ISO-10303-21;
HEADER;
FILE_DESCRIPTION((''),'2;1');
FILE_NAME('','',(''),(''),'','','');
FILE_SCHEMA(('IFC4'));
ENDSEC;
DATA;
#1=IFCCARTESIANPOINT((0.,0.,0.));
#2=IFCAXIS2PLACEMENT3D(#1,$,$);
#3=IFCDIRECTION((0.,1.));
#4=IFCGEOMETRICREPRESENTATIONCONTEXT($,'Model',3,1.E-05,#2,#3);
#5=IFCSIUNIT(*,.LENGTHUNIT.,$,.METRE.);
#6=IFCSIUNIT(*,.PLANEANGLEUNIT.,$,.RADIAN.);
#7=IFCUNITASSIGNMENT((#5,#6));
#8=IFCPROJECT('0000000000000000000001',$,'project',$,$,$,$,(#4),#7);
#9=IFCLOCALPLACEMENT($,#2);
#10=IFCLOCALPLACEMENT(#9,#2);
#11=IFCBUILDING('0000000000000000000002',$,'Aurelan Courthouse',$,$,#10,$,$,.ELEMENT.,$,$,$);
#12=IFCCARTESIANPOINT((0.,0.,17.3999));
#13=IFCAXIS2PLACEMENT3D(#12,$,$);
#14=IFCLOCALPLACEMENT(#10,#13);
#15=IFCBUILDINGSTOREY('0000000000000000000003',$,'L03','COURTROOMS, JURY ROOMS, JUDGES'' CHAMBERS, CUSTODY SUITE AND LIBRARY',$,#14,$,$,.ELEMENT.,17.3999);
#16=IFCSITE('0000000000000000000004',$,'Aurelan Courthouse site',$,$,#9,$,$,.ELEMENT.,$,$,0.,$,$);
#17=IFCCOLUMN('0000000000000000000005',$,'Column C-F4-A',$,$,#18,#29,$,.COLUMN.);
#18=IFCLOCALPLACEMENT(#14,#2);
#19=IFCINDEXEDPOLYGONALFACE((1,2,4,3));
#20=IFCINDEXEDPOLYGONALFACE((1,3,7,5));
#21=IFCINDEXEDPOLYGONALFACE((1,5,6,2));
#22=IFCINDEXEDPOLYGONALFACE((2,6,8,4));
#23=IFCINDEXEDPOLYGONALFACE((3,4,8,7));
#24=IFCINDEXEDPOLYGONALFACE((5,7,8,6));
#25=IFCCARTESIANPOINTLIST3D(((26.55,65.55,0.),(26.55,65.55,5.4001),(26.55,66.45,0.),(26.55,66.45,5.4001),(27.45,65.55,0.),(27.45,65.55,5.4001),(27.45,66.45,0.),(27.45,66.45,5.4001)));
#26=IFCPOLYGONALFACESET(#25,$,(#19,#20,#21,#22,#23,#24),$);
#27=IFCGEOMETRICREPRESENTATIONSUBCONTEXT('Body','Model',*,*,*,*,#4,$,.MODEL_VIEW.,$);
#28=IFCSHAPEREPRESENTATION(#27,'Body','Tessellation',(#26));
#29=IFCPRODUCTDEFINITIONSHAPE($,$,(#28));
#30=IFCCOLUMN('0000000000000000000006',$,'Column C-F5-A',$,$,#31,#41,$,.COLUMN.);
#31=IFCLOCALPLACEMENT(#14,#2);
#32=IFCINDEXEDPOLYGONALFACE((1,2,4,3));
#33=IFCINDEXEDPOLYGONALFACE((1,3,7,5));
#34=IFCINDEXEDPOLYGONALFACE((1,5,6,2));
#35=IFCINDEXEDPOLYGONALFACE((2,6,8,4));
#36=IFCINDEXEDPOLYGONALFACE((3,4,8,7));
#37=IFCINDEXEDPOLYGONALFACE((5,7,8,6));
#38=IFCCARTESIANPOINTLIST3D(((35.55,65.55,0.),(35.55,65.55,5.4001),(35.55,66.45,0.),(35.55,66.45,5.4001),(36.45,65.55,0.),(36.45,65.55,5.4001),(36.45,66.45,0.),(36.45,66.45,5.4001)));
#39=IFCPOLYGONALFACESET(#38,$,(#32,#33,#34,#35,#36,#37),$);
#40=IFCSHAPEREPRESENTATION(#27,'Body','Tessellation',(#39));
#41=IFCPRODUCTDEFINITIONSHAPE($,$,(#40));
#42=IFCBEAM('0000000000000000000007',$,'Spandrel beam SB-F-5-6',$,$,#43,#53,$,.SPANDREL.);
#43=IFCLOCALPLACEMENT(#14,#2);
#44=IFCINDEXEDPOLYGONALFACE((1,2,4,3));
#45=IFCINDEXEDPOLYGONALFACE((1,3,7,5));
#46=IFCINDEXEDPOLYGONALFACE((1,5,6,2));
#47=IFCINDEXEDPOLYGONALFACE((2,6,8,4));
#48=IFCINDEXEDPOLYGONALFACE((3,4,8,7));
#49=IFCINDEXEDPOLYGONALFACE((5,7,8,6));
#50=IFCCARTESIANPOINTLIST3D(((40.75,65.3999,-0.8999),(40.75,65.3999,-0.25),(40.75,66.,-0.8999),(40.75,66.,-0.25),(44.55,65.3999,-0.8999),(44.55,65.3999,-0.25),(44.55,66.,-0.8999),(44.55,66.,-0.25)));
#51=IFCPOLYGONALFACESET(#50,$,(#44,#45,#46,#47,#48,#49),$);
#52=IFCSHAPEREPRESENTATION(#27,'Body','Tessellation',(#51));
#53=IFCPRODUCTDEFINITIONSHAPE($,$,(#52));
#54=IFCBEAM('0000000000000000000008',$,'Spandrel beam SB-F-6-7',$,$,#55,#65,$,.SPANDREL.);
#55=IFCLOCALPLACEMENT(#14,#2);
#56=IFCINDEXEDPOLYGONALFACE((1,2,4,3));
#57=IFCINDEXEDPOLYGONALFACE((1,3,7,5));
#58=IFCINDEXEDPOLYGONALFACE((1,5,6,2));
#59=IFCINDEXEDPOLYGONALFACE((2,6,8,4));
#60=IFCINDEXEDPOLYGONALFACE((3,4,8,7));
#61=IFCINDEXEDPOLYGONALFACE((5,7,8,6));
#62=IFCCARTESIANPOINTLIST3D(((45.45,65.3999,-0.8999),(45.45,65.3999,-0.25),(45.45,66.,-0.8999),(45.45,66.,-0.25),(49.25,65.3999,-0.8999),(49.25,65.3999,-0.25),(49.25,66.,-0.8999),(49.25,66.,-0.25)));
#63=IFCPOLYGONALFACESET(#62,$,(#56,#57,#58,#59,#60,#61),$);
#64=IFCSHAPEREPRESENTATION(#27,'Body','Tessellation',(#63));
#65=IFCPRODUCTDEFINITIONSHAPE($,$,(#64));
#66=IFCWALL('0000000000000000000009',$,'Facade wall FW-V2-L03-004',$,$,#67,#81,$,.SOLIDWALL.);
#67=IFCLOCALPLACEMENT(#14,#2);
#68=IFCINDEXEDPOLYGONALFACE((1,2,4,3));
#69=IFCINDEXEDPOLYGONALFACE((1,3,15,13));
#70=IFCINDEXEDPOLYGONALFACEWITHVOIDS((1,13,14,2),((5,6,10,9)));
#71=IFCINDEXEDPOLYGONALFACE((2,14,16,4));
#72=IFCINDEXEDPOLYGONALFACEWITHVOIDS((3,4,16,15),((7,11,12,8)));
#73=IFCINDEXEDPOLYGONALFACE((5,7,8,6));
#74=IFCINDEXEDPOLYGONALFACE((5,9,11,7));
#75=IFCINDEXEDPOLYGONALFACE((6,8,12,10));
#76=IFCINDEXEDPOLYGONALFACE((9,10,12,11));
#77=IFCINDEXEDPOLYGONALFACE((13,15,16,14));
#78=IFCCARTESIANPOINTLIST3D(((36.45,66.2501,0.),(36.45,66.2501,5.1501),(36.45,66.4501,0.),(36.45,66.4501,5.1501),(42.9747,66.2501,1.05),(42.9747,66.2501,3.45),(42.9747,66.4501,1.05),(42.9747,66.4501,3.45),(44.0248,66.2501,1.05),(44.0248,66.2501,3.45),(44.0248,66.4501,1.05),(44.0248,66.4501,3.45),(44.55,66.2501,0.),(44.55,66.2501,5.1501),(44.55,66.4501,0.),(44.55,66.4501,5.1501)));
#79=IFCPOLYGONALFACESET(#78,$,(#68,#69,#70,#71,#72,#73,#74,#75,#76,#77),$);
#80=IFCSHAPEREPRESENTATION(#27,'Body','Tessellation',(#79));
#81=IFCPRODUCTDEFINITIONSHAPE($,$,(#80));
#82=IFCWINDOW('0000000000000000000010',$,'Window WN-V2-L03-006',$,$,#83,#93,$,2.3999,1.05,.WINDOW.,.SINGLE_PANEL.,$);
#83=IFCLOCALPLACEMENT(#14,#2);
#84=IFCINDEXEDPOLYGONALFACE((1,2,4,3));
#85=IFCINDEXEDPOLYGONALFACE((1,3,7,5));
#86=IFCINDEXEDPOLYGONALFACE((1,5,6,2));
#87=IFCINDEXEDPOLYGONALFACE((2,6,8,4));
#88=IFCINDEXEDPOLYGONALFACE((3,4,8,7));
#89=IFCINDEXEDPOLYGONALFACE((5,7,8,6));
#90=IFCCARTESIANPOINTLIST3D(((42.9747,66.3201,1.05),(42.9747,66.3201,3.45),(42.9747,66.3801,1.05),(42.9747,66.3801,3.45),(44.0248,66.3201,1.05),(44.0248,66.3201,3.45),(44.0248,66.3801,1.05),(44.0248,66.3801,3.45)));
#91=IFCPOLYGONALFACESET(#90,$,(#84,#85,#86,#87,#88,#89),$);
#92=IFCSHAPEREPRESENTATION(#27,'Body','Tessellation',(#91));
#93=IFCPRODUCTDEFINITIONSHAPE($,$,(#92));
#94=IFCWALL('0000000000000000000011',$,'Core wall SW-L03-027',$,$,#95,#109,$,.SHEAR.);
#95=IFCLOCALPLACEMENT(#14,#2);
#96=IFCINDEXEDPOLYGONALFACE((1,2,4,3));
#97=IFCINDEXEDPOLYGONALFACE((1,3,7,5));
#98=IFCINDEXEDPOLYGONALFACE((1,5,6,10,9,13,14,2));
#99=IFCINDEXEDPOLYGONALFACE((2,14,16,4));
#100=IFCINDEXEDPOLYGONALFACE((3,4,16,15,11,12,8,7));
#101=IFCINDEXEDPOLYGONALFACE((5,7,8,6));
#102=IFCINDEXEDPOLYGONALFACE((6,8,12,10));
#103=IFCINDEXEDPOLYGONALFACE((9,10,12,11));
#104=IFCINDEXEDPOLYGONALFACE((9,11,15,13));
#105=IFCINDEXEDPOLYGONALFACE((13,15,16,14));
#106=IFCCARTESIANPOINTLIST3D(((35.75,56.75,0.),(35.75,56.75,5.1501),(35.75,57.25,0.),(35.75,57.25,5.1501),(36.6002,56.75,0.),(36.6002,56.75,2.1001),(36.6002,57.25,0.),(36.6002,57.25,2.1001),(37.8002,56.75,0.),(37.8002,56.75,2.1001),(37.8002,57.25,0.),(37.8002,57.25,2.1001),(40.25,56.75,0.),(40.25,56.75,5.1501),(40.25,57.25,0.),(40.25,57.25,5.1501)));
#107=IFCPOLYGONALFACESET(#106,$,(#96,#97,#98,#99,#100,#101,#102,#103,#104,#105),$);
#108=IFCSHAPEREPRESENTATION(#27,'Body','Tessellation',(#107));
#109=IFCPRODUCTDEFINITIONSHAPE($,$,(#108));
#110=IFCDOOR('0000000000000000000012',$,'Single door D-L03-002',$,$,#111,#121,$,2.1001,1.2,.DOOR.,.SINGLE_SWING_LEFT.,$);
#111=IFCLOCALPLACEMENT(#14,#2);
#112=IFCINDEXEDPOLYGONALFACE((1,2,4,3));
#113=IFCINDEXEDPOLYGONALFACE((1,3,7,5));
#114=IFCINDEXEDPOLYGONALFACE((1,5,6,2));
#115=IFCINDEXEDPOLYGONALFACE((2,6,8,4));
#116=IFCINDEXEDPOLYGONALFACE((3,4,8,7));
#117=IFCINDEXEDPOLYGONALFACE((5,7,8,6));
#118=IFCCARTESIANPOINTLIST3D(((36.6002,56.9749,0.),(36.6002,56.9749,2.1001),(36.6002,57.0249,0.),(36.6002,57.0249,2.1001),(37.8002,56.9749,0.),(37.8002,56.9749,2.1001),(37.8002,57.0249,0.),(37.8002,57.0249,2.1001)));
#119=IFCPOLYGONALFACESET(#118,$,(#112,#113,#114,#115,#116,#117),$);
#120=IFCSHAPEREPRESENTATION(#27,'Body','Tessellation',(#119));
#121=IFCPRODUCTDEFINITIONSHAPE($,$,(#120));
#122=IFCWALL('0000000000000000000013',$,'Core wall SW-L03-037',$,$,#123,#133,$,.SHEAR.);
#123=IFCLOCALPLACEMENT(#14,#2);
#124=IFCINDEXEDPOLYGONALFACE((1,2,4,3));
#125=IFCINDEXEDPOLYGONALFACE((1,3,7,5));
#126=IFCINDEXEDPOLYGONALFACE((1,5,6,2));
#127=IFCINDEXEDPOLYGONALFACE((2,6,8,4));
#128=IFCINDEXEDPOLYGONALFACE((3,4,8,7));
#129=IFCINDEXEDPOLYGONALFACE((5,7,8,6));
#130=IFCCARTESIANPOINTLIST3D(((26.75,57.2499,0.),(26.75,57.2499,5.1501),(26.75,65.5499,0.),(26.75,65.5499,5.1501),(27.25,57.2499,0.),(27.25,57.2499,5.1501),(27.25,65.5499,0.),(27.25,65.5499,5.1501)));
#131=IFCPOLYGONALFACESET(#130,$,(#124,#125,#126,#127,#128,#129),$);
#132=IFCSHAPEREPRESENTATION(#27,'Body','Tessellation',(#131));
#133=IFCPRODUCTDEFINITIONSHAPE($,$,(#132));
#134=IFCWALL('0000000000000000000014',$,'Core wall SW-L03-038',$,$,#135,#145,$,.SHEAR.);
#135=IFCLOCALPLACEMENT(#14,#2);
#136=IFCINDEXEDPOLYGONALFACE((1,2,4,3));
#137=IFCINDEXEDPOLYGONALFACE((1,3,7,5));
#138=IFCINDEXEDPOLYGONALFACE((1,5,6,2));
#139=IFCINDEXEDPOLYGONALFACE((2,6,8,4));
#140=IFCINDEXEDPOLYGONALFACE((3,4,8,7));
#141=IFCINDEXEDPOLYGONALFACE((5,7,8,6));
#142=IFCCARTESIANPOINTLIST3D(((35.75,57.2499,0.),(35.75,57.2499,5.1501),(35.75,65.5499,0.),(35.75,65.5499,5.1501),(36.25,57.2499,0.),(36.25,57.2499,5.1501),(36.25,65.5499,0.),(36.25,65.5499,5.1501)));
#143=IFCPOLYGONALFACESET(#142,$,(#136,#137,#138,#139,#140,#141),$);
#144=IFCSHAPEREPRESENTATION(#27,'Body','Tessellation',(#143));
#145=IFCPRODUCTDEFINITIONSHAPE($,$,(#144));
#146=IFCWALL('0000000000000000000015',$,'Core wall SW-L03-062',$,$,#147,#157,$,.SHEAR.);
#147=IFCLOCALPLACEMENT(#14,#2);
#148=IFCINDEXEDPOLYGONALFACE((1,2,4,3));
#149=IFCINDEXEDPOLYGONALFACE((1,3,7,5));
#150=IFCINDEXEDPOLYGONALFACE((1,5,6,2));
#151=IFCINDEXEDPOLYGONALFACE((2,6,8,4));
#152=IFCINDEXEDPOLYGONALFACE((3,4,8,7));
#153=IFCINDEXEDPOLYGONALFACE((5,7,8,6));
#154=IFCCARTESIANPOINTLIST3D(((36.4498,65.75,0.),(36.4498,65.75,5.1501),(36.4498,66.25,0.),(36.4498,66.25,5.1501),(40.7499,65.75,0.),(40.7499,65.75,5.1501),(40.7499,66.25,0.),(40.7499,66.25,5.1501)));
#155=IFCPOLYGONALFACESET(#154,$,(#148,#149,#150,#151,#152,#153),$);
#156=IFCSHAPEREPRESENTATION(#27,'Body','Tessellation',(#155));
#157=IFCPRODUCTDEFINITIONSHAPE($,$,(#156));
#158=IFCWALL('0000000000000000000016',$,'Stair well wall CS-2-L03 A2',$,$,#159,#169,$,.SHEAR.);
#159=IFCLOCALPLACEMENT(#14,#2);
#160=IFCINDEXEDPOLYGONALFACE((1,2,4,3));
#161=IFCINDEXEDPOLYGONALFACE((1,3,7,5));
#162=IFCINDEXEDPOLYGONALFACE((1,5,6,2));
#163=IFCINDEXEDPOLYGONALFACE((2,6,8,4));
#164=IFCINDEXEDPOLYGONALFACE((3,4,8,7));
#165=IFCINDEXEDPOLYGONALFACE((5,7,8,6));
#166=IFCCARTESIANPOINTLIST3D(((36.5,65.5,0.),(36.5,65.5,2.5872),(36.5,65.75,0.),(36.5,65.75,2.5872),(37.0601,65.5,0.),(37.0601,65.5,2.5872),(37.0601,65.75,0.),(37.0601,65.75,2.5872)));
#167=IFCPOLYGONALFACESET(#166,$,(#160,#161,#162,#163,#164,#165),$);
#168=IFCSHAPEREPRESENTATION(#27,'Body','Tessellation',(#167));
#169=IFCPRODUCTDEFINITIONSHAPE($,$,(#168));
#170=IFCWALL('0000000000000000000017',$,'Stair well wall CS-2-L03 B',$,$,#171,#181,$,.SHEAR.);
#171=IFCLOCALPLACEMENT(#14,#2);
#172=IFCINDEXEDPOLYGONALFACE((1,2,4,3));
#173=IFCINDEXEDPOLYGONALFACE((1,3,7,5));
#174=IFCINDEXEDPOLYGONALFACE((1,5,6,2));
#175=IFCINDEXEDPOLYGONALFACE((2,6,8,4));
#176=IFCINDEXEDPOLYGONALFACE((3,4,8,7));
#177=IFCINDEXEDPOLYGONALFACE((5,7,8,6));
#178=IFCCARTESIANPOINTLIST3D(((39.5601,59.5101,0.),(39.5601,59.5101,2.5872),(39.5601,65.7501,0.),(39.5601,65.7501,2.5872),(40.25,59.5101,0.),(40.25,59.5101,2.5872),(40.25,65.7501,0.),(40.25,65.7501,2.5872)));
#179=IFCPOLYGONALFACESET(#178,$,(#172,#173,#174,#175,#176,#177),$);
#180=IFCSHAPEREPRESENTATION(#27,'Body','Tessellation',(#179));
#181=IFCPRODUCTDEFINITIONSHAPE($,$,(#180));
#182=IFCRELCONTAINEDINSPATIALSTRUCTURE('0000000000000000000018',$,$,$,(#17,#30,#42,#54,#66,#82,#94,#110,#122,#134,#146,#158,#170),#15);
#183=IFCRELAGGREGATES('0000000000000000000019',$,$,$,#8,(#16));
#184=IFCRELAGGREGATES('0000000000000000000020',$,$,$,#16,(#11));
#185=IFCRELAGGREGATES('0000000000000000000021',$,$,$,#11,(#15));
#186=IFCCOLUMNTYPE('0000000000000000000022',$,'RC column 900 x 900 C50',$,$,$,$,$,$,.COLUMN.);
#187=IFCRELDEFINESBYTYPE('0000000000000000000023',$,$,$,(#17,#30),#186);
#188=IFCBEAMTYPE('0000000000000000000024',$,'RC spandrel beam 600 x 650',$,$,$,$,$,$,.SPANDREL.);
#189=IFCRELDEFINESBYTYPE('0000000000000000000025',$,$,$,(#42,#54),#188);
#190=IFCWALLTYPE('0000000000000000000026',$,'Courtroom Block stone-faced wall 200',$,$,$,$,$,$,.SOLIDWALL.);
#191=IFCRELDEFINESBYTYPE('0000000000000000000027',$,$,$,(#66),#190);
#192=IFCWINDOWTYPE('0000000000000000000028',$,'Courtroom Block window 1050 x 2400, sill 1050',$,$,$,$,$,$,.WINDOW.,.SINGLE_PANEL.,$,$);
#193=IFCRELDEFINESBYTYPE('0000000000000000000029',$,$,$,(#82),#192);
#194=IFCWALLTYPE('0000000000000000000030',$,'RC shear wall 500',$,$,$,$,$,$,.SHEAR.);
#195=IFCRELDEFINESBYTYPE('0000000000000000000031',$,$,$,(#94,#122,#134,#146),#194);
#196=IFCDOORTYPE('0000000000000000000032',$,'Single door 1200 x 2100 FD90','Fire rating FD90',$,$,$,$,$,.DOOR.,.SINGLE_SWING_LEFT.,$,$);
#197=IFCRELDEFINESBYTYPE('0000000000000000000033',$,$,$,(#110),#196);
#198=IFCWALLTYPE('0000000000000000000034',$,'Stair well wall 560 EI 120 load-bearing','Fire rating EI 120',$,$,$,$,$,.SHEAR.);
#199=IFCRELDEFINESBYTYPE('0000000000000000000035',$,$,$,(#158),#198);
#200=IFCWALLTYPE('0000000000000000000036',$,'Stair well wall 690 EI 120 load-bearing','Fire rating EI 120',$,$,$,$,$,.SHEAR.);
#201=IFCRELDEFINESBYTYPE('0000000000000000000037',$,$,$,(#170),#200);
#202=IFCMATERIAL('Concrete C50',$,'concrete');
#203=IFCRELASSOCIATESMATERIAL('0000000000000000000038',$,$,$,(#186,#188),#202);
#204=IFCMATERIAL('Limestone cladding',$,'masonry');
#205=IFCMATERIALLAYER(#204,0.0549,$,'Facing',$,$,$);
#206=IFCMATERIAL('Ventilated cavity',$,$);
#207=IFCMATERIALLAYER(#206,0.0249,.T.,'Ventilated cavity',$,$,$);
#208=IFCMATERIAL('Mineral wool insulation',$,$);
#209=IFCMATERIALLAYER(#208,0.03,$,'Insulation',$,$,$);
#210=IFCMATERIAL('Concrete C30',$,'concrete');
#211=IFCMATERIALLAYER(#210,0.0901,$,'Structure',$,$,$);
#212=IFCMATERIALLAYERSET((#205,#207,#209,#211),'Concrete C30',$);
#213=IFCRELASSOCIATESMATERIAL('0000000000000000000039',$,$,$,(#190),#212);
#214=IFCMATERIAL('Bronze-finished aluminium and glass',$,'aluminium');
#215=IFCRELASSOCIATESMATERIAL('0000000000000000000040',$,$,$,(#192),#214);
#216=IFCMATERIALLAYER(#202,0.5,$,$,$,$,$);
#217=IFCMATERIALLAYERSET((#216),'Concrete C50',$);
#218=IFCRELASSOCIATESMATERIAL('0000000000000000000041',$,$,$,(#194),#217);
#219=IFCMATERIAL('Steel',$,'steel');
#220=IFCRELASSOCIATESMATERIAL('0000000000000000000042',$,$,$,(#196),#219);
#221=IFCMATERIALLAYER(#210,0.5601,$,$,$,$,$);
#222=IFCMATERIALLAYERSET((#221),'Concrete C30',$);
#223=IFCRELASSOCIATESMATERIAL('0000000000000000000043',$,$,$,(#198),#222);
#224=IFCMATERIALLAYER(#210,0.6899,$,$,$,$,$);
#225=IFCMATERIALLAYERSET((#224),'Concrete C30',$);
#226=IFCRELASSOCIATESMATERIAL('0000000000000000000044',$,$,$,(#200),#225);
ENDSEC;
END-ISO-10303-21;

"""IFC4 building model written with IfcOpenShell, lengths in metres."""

from ifc_helpers import new_model, si_unit, direction, frame, frame_2d, origin, origin_2d, place, context, subcontext, project, spatial, rectangle, extrude, material, layer, layer_set, material_profile, profile_set, type_object, element, fill, save


model = new_model("IFC4")

# Units and contexts
model_context = context("Model", 3, precision=1e-05, world=origin(), true_north=direction((0.0, 1.0)))
body_context = subcontext(model_context, "Body", "Model", "MODEL_VIEW")
ifc_project = project(units=[si_unit("LENGTHUNIT", "METRE"), si_unit("PLANEANGLEUNIT", "RADIAN")], contexts=[model_context])

# Site, building, storey
site_placement = place(None, origin())
site = spatial("IfcSite", under=ifc_project, at=site_placement, Name="Aurelan Courthouse site", CompositionType="ELEMENT", RefElevation=0.0)
building_placement = place(site_placement, origin())
building = spatial("IfcBuilding", under=site, at=building_placement, Name="Aurelan Courthouse", CompositionType="ELEMENT")
storey_placement = place(building_placement, frame((0.0, 0.0, 17.3999)))
storey = spatial("IfcBuildingStorey", under=building, at=storey_placement, Name="L03", Description="COURTROOMS, JURY ROOMS, JUDGES' CHAMBERS, CUSTODY SUITE AND LIBRARY", CompositionType="ELEMENT", Elevation=17.3999)

# Columns
ifc_material_1 = material(Name="Concrete C50", Category="concrete")
ifc_material_profile_1 = material_profile(ifc_material_1, rectangle(XDim=0.8999, YDim=0.8999, at=origin_2d()), Name="RC 900 x 900")
ifc_profile_set_1 = profile_set([ifc_material_profile_1], Name="Concrete C50")
column_type = type_object("IfcColumnType", Name="RC column 900 x 900 C50", PredefinedType="COLUMN", material=ifc_profile_set_1)
for number, where, z_axis, x_axis, name in (
    (1, (27.0, 66.0, 0.0), (0.0, 0.0, 1.0), (1.0, 0.0, 0.0), "Column C-F4-A"),
    (2, (36.0, 66.0, 0.0), (0.0, 0.0, 1.0), (1.0, 0.0, 0.0), "Column C-F5-A"),
):
    element("IfcColumn", number, at=place(storey_placement, frame(where, z_axis=z_axis, x_axis=x_axis)), inside=storey, type_object=column_type, Name=name, PredefinedType="COLUMN", context=body_context, shape_type="SweptSolid", body=[
        extrude(rectangle(XDim=0.8999, YDim=0.8999, at=origin_2d()), origin(), (0.0, 0.0, 1.0), 5.4001),
    ])

# Beams
ifc_material_profile_2 = material_profile(ifc_material_1, rectangle(XDim=0.6001, YDim=0.6499, at=origin_2d()), Name="RC 600 x 650")
ifc_profile_set_2 = profile_set([ifc_material_profile_2], Name="Concrete C50")
beam_type = type_object("IfcBeamType", Name="RC spandrel beam 600 x 650", PredefinedType="SPANDREL", material=ifc_profile_set_2)
for number, where, z_axis, x_axis, name in (
    (3, (40.75, 65.7, -0.575), (1.0, 0.0, 0.0), (0.0, 1.0, 0.0), "Spandrel beam SB-F-5-6"),
    (4, (45.45, 65.7, -0.575), (1.0, 0.0, 0.0), (0.0, 1.0, 0.0), "Spandrel beam SB-F-6-7"),
):
    element("IfcBeam", number, at=place(storey_placement, frame(where, z_axis=z_axis, x_axis=x_axis)), inside=storey, type_object=beam_type, Name=name, PredefinedType="SPANDREL", context=body_context, shape_type="SweptSolid", body=[
        extrude(rectangle(XDim=0.6001, YDim=0.6499, at=origin_2d()), origin(), (0.0, 0.0, 1.0), 3.8),
    ])

# Wall, opening, window
ifc_material_2 = material(Name="Limestone cladding", Category="masonry")
ifc_layer_1 = layer(ifc_material_2, 0.0549, Name="Facing")
ifc_material_3 = material(Name="Ventilated cavity")
ifc_layer_2 = layer(ifc_material_3, 0.0249, ventilated=True, Name="Ventilated cavity")
ifc_material_4 = material(Name="Mineral wool insulation")
ifc_layer_3 = layer(ifc_material_4, 0.03, Name="Insulation")
ifc_material_5 = material(Name="Concrete C30", Category="concrete")
ifc_layer_4 = layer(ifc_material_5, 0.0901, Name="Structure")
ifc_layer_set_1 = layer_set([ifc_layer_1, ifc_layer_2, ifc_layer_3, ifc_layer_4], Name="Concrete C30")
wall_type_1 = type_object("IfcWallType", Name="Courtroom Block stone-faced wall 200", PredefinedType="SOLIDWALL", material=ifc_layer_set_1)
wall_1_placement = place(storey_placement, frame((36.45, 66.3501, 0.0), z_axis=(0.0, 0.0, 1.0), x_axis=(1.0, 0.0, 0.0)))
wall_1 = element("IfcWall", 5, at=wall_1_placement, inside=storey, type_object=wall_type_1, Name="Facade wall FW-V2-L03-004", PredefinedType="SOLIDWALL", context=body_context, shape_type="SweptSolid", body=[
    extrude(rectangle(XDim=8.1001, YDim=0.2, at=frame_2d((4.05, 0.0))), origin(), (0.0, 0.0, 1.0), 5.1501),
])
opening_1_placement = place(wall_1_placement, frame((6.5249, 0.0, 1.05)))
opening_1 = element("IfcOpeningElement", 6, at=opening_1_placement, cuts=wall_1, PredefinedType="OPENING", context=body_context, shape_type="SweptSolid", body=[
    extrude(rectangle(XDim=1.05, YDim=2.3999, at=frame_2d((0.5249, 1.2))), frame((0.0, 0.1099, 0.0), z_axis=(0.0, -1.0, 0.0), x_axis=(1.0, 0.0, 0.0)), (0.0, 0.0, 1.0), 0.22),
])
ifc_material_6 = material(Name="Bronze-finished aluminium and glass", Category="aluminium")
window_type = type_object("IfcWindowType", Name="Courtroom Block window 1050 x 2400, sill 1050", PartitioningType="SINGLE_PANEL", PredefinedType="WINDOW", material=ifc_material_6)
window_placement = place(opening_1_placement, origin())
window = element("IfcWindow", 7, at=window_placement, inside=storey, type_object=window_type, Name="Window WN-V2-L03-006", OverallHeight=2.3999, OverallWidth=1.05, PartitioningType="SINGLE_PANEL", PredefinedType="WINDOW", context=body_context, shape_type="SweptSolid", body=[
    extrude(rectangle(XDim=1.05, YDim=2.3999, at=frame_2d((0.5249, 1.2))), frame((0.0, 0.03, 0.0), z_axis=(0.0, -1.0, 0.0), x_axis=(1.0, 0.0, 0.0)), (0.0, 0.0, 1.0), 0.0601),
])
fill(opening_1, window)

# Wall, opening, door
ifc_layer_5 = layer(ifc_material_1, 0.5)
ifc_layer_set_2 = layer_set([ifc_layer_5], Name="Concrete C50")
wall_type_2 = type_object("IfcWallType", Name="RC shear wall 500", PredefinedType="SHEAR", material=ifc_layer_set_2)
wall_2_placement = place(storey_placement, frame((35.75, 57.0, 0.0), z_axis=(0.0, 0.0, 1.0), x_axis=(1.0, 0.0, 0.0)))
wall_2 = element("IfcWall", 8, at=wall_2_placement, inside=storey, type_object=wall_type_2, Name="Core wall SW-L03-027", PredefinedType="SHEAR", context=body_context, shape_type="SweptSolid", body=[
    extrude(rectangle(XDim=4.5, YDim=0.5, at=frame_2d((2.25, 0.0))), origin(), (0.0, 0.0, 1.0), 5.1501),
])
opening_2_placement = place(wall_2_placement, frame((0.8501, 0.0, 0.0)))
opening_2 = element("IfcOpeningElement", 9, at=opening_2_placement, cuts=wall_2, PredefinedType="OPENING", context=body_context, shape_type="SweptSolid", body=[
    extrude(rectangle(XDim=1.2, YDim=2.1001, at=frame_2d((0.6001, 1.05))), frame((0.0, 0.26, 0.0), z_axis=(0.0, -1.0, 0.0), x_axis=(1.0, 0.0, 0.0)), (0.0, 0.0, 1.0), 0.52),
])
ifc_material_7 = material(Name="Steel", Category="steel")
door_type = type_object("IfcDoorType", Name="Single door 1200 x 2100 FD90", Description="Fire rating FD90", OperationType="SINGLE_SWING_LEFT", PredefinedType="DOOR", material=ifc_material_7)
door_placement = place(opening_2_placement, origin())
door = element("IfcDoor", 10, at=door_placement, inside=storey, type_object=door_type, Name="Single door D-L03-002", OperationType="SINGLE_SWING_LEFT", OverallHeight=2.1001, OverallWidth=1.2, PredefinedType="DOOR", context=body_context, shape_type="SweptSolid", body=[
    extrude(rectangle(XDim=1.2, YDim=2.1001, at=frame_2d((0.6001, 1.05))), frame((0.0, 0.0249, 0.0), z_axis=(0.0, -1.0, 0.0), x_axis=(1.0, 0.0, 0.0)), (0.0, 0.0, 1.0), 0.05),
])
fill(opening_2, door)

# Walls
for number, where, z_axis, x_axis, name in (
    (11, (27.0, 57.25, 0.0), (0.0, 0.0, 1.0), (0.0, 1.0, 0.0), "Core wall SW-L03-037"),
    (12, (36.0, 57.25, 0.0), (0.0, 0.0, 1.0), (0.0, 1.0, 0.0), "Core wall SW-L03-038"),
):
    element("IfcWall", number, at=place(storey_placement, frame(where, z_axis=z_axis, x_axis=x_axis)), inside=storey, type_object=wall_type_2, Name=name, PredefinedType="SHEAR", context=body_context, shape_type="SweptSolid", body=[
        extrude(rectangle(XDim=8.3, YDim=0.5, at=frame_2d((4.1499, 0.0))), origin(), (0.0, 0.0, 1.0), 5.1501),
    ])
wall_3_placement = place(storey_placement, frame((36.45, 66.0, 0.0), z_axis=(0.0, 0.0, 1.0), x_axis=(1.0, 0.0, 0.0)))
element("IfcWall", 13, at=wall_3_placement, inside=storey, type_object=wall_type_2, Name="Core wall SW-L03-062", PredefinedType="SHEAR", context=body_context, shape_type="SweptSolid", body=[
    extrude(rectangle(XDim=4.3, YDim=0.5, at=frame_2d((2.1499, 0.0))), origin(), (0.0, 0.0, 1.0), 5.1501),
])
ifc_layer_6 = layer(ifc_material_5, 0.5601)
ifc_layer_set_3 = layer_set([ifc_layer_6], Name="Concrete C30")
wall_type_3 = type_object("IfcWallType", Name="Stair well wall 560 EI 120 load-bearing", Description="Fire rating EI 120", PredefinedType="SHEAR", material=ifc_layer_set_3)
wall_4_placement = place(storey_placement, frame((36.78, 65.5, 0.0), z_axis=(0.0, 0.0, 1.0), x_axis=(0.0, 1.0, 0.0)))
element("IfcWall", 14, at=wall_4_placement, inside=storey, type_object=wall_type_3, Name="Stair well wall CS-2-L03 A2", PredefinedType="SHEAR", context=body_context, shape_type="SweptSolid", body=[
    extrude(rectangle(XDim=0.25, YDim=0.5601, at=frame_2d((0.125, 0.0))), origin(), (0.0, 0.0, 1.0), 2.5872),
])
ifc_layer_7 = layer(ifc_material_5, 0.6899)
ifc_layer_set_4 = layer_set([ifc_layer_7], Name="Concrete C30")
wall_type_4 = type_object("IfcWallType", Name="Stair well wall 690 EI 120 load-bearing", Description="Fire rating EI 120", PredefinedType="SHEAR", material=ifc_layer_set_4)
wall_5_placement = place(storey_placement, frame((39.905, 59.51, 0.0), z_axis=(0.0, 0.0, 1.0), x_axis=(0.0, 1.0, 0.0)))
element("IfcWall", 15, at=wall_5_placement, inside=storey, type_object=wall_type_4, Name="Stair well wall CS-2-L03 B", PredefinedType="SHEAR", context=body_context, shape_type="SweptSolid", body=[
    extrude(rectangle(XDim=6.24, YDim=0.6899, at=frame_2d((3.1201, 0.0))), origin(), (0.0, 0.0, 1.0), 2.5872),
])

save(model, "model.ifc")
